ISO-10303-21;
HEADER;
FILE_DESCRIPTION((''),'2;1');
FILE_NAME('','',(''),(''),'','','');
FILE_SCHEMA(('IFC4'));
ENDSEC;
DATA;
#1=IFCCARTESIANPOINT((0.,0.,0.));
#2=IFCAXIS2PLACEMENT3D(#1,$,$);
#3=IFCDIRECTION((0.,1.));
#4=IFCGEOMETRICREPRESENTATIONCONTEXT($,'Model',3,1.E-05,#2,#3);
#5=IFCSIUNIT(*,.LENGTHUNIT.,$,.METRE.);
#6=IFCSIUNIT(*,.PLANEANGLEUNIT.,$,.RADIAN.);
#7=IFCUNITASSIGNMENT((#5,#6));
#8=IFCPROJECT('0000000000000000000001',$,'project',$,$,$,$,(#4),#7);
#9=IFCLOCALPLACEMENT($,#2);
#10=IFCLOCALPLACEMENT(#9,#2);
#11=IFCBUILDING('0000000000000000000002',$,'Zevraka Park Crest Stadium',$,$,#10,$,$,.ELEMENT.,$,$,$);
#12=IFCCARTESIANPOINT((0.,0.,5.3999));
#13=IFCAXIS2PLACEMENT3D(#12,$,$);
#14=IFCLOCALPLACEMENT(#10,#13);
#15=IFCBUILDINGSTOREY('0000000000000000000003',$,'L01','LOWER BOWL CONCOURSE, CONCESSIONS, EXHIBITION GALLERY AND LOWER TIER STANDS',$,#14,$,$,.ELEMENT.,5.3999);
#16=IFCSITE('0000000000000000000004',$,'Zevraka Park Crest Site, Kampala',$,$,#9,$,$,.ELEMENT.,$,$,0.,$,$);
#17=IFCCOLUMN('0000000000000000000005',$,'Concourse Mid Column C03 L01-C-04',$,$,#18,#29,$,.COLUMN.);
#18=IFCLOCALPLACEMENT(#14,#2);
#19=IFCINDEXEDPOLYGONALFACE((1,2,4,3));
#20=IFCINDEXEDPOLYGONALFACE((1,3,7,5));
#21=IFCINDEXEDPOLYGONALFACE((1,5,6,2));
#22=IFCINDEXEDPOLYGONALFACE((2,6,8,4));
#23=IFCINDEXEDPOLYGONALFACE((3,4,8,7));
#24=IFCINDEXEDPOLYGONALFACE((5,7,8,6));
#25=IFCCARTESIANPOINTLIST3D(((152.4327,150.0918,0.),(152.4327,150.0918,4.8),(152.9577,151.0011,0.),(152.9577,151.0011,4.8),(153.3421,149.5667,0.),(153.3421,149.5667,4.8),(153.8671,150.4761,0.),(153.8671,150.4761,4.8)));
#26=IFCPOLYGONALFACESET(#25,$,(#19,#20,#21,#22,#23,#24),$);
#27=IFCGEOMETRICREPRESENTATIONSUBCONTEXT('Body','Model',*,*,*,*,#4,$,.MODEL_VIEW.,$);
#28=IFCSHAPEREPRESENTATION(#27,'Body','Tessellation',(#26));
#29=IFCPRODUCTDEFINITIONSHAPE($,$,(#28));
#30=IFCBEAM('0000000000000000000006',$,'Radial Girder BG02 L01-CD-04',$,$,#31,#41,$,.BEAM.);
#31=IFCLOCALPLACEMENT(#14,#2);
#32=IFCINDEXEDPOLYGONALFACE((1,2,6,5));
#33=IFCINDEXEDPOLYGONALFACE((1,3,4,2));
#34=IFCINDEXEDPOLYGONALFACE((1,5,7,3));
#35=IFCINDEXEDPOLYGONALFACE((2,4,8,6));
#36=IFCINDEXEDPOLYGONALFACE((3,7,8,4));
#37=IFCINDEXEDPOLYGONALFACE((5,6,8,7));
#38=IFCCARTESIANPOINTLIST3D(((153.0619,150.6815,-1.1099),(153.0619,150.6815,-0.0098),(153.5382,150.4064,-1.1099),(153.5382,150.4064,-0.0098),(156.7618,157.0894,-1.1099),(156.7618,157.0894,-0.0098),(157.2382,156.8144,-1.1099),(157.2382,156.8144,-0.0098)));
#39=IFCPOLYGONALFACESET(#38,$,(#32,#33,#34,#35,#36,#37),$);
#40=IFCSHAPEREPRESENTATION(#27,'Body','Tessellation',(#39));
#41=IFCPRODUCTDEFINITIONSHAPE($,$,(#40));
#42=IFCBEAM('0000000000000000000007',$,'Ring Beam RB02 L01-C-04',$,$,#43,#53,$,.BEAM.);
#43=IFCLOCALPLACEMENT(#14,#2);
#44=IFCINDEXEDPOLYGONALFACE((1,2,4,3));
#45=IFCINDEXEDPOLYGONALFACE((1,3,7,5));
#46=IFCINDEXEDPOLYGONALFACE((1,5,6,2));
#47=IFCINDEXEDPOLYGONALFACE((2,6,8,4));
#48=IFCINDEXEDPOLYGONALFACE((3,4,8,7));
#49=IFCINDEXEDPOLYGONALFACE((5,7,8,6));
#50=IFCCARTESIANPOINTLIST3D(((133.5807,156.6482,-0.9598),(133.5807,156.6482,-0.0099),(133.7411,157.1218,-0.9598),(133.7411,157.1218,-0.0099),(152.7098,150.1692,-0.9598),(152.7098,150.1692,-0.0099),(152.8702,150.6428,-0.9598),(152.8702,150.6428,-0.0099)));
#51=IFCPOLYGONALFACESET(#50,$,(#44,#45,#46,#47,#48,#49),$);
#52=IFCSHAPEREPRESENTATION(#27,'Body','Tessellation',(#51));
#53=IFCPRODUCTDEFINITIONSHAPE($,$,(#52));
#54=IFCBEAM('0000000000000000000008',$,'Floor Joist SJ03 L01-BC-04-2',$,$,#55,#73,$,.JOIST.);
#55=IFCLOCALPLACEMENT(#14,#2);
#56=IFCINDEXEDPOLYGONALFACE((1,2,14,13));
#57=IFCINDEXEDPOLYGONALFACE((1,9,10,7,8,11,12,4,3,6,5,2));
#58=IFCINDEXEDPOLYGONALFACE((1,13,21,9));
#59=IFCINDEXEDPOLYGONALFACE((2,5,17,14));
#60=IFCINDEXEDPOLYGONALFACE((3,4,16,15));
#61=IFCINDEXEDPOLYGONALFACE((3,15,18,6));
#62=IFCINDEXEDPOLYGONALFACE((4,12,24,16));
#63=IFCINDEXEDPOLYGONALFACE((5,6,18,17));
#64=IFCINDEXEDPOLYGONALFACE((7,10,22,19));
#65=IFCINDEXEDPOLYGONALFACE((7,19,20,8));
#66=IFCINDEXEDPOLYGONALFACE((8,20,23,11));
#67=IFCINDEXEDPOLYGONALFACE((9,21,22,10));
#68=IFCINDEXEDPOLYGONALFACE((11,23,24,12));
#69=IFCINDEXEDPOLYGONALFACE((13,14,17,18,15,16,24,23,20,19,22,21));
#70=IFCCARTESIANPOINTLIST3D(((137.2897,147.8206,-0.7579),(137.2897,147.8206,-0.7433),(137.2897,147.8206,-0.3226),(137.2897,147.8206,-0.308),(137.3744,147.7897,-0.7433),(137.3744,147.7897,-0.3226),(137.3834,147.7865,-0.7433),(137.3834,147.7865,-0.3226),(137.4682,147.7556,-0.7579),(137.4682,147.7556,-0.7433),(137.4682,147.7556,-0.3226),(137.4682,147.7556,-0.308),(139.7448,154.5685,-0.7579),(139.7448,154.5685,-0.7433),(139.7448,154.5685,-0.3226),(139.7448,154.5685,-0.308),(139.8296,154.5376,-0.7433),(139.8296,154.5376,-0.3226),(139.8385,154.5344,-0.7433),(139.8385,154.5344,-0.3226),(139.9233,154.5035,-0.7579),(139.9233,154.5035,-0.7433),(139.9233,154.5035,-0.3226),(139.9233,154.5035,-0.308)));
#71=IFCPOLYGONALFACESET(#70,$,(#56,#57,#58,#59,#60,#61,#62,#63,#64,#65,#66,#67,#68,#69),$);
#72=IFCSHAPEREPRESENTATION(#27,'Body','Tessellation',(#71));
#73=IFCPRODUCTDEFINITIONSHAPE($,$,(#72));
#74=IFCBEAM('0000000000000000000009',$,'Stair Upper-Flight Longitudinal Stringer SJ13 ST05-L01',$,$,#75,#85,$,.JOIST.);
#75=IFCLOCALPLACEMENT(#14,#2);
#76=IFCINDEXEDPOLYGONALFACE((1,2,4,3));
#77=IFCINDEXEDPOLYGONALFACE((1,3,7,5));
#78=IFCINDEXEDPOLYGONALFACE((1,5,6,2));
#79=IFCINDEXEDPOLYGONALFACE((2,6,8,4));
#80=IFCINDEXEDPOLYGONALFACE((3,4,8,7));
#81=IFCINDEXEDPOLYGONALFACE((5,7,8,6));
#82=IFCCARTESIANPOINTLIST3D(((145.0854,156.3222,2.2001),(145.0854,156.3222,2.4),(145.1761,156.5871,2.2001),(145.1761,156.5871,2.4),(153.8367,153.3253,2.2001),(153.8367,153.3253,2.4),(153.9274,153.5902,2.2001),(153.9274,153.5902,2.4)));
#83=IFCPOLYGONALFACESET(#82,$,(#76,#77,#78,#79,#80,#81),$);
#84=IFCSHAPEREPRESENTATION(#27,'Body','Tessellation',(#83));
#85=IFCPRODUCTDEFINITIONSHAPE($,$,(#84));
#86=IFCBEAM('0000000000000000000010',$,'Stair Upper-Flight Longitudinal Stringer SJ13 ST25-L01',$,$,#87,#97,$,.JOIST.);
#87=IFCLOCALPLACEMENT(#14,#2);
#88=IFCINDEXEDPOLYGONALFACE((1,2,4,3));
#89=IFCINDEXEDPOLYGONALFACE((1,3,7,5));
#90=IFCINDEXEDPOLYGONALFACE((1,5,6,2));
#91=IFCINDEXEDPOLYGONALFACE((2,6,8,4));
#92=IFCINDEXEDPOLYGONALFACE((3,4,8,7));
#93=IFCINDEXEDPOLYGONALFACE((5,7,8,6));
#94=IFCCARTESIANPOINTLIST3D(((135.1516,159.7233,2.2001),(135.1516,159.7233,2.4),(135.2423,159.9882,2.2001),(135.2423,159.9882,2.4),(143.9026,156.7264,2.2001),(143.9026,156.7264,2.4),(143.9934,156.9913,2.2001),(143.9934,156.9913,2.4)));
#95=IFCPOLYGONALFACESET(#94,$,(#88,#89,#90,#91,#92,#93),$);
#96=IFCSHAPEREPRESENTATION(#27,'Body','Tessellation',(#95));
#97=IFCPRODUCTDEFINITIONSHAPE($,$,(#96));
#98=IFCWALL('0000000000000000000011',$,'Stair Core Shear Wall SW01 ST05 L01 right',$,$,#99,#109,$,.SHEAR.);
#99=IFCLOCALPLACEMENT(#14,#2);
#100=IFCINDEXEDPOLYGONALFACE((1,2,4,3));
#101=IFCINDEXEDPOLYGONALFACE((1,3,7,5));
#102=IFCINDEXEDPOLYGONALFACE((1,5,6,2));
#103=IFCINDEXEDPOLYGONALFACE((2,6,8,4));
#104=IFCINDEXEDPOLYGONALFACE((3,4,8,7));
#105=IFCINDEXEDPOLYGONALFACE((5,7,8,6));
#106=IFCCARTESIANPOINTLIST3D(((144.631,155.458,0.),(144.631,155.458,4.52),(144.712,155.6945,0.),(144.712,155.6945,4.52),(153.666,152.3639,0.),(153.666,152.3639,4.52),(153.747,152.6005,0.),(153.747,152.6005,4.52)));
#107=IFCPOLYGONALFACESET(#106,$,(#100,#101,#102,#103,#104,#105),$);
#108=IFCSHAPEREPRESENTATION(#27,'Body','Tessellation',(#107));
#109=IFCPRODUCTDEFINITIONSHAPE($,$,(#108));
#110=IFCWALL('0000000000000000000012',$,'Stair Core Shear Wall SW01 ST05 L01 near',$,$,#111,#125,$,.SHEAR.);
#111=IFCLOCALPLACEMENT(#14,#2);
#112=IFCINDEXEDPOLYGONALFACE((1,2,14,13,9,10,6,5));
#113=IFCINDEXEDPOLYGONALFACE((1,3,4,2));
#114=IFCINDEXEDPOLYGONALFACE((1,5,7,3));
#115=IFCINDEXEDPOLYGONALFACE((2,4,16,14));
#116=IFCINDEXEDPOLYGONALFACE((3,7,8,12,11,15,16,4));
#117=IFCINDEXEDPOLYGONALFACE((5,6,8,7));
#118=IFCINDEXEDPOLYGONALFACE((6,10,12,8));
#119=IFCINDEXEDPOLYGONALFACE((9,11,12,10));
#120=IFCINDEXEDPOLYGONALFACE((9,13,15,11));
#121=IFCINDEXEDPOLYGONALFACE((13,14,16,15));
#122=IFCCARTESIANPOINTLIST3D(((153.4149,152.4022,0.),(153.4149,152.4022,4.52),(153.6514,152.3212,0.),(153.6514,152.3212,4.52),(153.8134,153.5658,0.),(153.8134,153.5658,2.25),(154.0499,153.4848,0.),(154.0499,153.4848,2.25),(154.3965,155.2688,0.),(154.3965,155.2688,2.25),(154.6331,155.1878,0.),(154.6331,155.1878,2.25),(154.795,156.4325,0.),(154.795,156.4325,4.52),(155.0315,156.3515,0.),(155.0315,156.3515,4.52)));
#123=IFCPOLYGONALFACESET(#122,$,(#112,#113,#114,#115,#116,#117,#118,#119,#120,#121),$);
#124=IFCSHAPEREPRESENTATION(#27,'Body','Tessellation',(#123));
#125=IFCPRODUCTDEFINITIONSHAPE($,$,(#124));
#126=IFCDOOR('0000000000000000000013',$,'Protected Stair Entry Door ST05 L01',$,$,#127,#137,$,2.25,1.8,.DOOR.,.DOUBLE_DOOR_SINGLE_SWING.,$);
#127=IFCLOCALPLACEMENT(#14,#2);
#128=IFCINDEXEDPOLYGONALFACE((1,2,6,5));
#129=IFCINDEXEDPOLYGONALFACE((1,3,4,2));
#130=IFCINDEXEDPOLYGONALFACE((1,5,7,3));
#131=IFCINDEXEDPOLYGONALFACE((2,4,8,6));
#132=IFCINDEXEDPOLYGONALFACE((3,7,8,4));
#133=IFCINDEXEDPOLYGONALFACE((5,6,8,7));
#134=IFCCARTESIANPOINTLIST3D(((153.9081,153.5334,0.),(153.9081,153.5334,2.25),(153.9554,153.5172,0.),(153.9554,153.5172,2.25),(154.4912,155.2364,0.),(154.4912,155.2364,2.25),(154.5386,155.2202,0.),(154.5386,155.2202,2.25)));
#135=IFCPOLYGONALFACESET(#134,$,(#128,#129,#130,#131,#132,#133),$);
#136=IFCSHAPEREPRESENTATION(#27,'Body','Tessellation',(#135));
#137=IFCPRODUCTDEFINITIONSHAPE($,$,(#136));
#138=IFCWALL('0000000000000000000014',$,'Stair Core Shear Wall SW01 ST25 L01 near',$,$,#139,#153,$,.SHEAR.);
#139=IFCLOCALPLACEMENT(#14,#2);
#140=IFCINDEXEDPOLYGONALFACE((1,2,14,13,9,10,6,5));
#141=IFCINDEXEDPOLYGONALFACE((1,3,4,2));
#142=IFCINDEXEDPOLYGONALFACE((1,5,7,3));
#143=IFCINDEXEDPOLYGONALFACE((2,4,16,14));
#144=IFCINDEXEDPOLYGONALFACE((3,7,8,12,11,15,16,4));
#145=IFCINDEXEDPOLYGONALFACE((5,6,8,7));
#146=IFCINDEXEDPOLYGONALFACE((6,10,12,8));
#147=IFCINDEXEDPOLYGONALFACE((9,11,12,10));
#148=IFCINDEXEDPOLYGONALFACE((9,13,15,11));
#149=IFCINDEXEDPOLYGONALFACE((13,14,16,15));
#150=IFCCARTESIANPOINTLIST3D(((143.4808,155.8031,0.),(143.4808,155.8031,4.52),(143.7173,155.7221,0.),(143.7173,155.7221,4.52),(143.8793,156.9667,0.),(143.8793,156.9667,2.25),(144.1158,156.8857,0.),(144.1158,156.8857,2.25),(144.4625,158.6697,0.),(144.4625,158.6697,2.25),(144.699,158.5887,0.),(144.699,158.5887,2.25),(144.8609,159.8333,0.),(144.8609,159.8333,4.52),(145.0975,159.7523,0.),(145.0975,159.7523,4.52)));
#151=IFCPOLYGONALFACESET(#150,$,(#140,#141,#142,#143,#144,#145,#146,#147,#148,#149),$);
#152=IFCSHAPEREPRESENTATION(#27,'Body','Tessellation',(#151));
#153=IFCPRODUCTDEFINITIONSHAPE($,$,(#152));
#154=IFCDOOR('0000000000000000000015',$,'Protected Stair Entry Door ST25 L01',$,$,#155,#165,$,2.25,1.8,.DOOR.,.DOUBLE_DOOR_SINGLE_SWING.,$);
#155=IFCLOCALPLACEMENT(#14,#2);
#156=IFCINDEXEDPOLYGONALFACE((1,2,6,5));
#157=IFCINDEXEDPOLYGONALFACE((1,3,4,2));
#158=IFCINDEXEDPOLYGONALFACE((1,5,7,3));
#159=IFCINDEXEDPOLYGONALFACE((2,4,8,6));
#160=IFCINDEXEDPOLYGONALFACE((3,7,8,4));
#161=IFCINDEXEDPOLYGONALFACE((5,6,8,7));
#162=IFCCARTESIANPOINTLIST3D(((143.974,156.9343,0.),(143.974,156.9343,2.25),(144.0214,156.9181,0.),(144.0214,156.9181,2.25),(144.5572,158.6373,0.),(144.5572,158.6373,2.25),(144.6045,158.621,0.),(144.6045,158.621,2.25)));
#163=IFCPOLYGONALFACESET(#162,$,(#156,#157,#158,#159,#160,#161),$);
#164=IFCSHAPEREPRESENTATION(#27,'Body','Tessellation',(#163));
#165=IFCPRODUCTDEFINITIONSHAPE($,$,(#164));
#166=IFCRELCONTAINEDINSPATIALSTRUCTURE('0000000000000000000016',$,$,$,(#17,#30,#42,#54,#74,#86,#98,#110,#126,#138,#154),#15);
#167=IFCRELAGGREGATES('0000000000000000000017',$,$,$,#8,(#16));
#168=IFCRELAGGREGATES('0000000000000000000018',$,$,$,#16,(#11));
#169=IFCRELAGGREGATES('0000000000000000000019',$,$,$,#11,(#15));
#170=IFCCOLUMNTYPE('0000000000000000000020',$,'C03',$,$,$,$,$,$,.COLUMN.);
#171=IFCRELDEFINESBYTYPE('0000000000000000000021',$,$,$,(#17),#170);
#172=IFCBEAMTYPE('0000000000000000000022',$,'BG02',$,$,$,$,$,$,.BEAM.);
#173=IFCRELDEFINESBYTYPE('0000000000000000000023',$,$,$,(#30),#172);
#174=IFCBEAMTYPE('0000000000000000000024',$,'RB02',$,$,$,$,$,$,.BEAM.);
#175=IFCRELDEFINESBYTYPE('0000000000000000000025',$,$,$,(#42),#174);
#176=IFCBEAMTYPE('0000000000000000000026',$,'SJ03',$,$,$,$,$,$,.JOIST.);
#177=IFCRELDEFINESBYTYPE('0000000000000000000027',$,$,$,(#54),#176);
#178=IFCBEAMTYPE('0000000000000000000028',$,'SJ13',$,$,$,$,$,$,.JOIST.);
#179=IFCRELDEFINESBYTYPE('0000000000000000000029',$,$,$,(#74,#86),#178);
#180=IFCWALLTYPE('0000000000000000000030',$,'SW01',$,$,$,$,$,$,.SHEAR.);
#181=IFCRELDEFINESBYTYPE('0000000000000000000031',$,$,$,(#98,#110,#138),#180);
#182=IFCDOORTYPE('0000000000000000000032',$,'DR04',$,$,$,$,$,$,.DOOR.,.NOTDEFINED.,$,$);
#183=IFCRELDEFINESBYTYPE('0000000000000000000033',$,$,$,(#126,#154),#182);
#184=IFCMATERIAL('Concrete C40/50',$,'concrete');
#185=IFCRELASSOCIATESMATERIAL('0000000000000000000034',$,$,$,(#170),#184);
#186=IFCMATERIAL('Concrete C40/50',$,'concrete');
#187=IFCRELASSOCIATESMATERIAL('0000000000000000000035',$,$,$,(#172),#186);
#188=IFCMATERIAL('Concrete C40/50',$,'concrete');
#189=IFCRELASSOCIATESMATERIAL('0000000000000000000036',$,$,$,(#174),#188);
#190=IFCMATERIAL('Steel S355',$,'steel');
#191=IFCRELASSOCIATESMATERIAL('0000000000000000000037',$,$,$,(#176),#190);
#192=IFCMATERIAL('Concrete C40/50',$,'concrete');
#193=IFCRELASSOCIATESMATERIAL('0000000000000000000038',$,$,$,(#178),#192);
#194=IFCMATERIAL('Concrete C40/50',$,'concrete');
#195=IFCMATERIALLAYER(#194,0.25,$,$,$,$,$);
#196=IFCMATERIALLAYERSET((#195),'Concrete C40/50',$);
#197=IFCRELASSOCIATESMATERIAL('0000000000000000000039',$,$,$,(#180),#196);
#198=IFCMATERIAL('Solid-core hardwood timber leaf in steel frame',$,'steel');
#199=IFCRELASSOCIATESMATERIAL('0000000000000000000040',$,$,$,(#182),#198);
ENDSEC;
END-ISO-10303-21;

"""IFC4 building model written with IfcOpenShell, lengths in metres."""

from ifc_helpers import new_model, si_unit, direction, frame, frame_2d, origin, origin_2d, place, context, subcontext, project, spatial, rectangle, i_section, extrude, material, layer, layer_set, material_profile, profile_set, type_object, element, fill, save


model = new_model("IFC4")

# Units and contexts
model_context = context("Model", 3, precision=1e-05, world=origin(), true_north=direction((0.0, 1.0)))
body_context = subcontext(model_context, "Body", "Model", "MODEL_VIEW")
ifc_project = project(units=[si_unit("LENGTHUNIT", "METRE"), si_unit("PLANEANGLEUNIT", "RADIAN")], contexts=[model_context])

# Site, building, storey
site_placement = place(None, origin())
site = spatial("IfcSite", under=ifc_project, at=site_placement, Name="Zevraka Park Crest Site, Kampala", CompositionType="ELEMENT", RefElevation=0.0)
building_placement = place(site_placement, origin())
building = spatial("IfcBuilding", under=site, at=building_placement, Name="Zevraka Park Crest Stadium", CompositionType="ELEMENT")
storey_placement = place(building_placement, frame((0.0, 0.0, 5.3999)))
storey = spatial("IfcBuildingStorey", under=building, at=storey_placement, Name="L01", Description="LOWER BOWL CONCOURSE, CONCESSIONS, EXHIBITION GALLERY AND LOWER TIER STANDS", CompositionType="ELEMENT", Elevation=5.3999)

# Column
ifc_material_1 = material(Name="Concrete C40/50", Category="concrete")
ifc_material_profile_1 = material_profile(ifc_material_1, rectangle(XDim=1.05, YDim=1.05, at=origin_2d()), Name="RC 1050x1050")
ifc_profile_set_1 = profile_set([ifc_material_profile_1], Name="Concrete C40/50")
column_type = type_object("IfcColumnType", Name="C03", PredefinedType="COLUMN", material=ifc_profile_set_1)
column_placement = place(storey_placement, frame((153.1499, 150.2839, 0.0), z_axis=(0.0, 0.0, 1.0), x_axis=(0.5, 0.866025, 0.0)))
element("IfcColumn", 1, at=column_placement, inside=storey, type_object=column_type, Name="Concourse Mid Column C03 L01-C-04", PredefinedType="COLUMN", context=body_context, shape_type="SweptSolid", body=[
    extrude(rectangle(XDim=1.05, YDim=1.05, at=origin_2d()), origin(), (0.0, 0.0, 1.0), 4.8),
])

# Beams
ifc_material_2 = material(Name="Concrete C40/50", Category="concrete")
ifc_material_profile_2 = material_profile(ifc_material_2, rectangle(XDim=0.55, YDim=1.1001, at=origin_2d()), Name="RC 1100x550")
ifc_profile_set_2 = profile_set([ifc_material_profile_2], Name="Concrete C40/50")
beam_type_1 = type_object("IfcBeamType", Name="BG02", PredefinedType="BEAM", material=ifc_profile_set_2)
beam_1_placement = place(storey_placement, frame((153.3, 150.5439, -0.5598), z_axis=(0.500032, 0.866007, 0.0), x_axis=(-0.866007, 0.500032, 0.0)))
element("IfcBeam", 2, at=beam_1_placement, inside=storey, type_object=beam_type_1, Name="Radial Girder BG02 L01-CD-04", PredefinedType="BEAM", context=body_context, shape_type="SweptSolid", body=[
    extrude(rectangle(XDim=0.55, YDim=1.1001, at=origin_2d()), origin(), (0.0, 0.0, 1.0), 7.3994),
])
ifc_material_3 = material(Name="Concrete C40/50", Category="concrete")
ifc_material_profile_3 = material_profile(ifc_material_3, rectangle(XDim=0.5, YDim=0.95, at=origin_2d()), Name="RC 950x500")
ifc_profile_set_3 = profile_set([ifc_material_profile_3], Name="Concrete C40/50")
beam_type_2 = type_object("IfcBeamType", Name="RB02", PredefinedType="BEAM", material=ifc_profile_set_3)
beam_2_placement = place(storey_placement, frame((152.79, 150.406, -0.4849), z_axis=(-0.947148, 0.320797, 0.0), x_axis=(-0.320797, -0.947148, 0.0)))
element("IfcBeam", 3, at=beam_2_placement, inside=storey, type_object=beam_type_2, Name="Ring Beam RB02 L01-C-04", PredefinedType="BEAM", context=body_context, shape_type="SweptSolid", body=[
    extrude(rectangle(XDim=0.5, YDim=0.95, at=origin_2d()), origin(), (0.0, 0.0, 1.0), 20.1965),
])
ifc_material_4 = material(Name="Steel S355", Category="steel")
ifc_material_profile_4 = material_profile(ifc_material_4, i_section(OverallWidth=0.1899, OverallDepth=0.45, WebThickness=0.0095, FlangeThickness=0.0146, at=origin_2d()), Name="IPE 450")
ifc_profile_set_4 = profile_set([ifc_material_profile_4], Name="Steel S355")
beam_type_3 = type_object("IfcBeamType", Name="SJ03", PredefinedType="JOIST", material=ifc_profile_set_4)
beam_3_placement = place(storey_placement, frame((137.3789, 147.7881, -0.533), z_axis=(0.341907, 0.939734, 0.0), x_axis=(-0.939734, 0.341907, 0.0)))
element("IfcBeam", 4, at=beam_3_placement, inside=storey, type_object=beam_type_3, Name="Floor Joist SJ03 L01-BC-04-2", PredefinedType="JOIST", context=body_context, shape_type="SweptSolid", body=[
    extrude(i_section(OverallWidth=0.1899, OverallDepth=0.45, WebThickness=0.0095, FlangeThickness=0.0146, at=origin_2d()), origin(), (0.0, 0.0, 1.0), 7.1807),
])
ifc_material_5 = material(Name="Concrete C40/50", Category="concrete")
ifc_material_profile_5 = material_profile(ifc_material_5, rectangle(XDim=0.28, YDim=0.2, at=origin_2d()), Name="RC 200x280")
ifc_profile_set_5 = profile_set([ifc_material_profile_5], Name="Concrete C40/50")
beam_type_4 = type_object("IfcBeamType", Name="SJ13", PredefinedType="JOIST", material=ifc_profile_set_5)
beam_4_placement = place(storey_placement, frame((153.8821, 153.4578, 2.3), z_axis=(-0.946065, 0.323977, 0.0), x_axis=(-0.323977, -0.946065, 0.0)))
element("IfcBeam", 5, at=beam_4_placement, inside=storey, type_object=beam_type_4, Name="Stair Upper-Flight Longitudinal Stringer SJ13 ST05-L01", PredefinedType="JOIST", context=body_context, shape_type="SweptSolid", body=[
    extrude(rectangle(XDim=0.28, YDim=0.2, at=origin_2d()), origin(), (0.0, 0.0, 1.0), 9.2502),
])
beam_5_placement = place(storey_placement, frame((143.948, 156.8589, 2.3), z_axis=(-0.946062, 0.323985, 0.0), x_axis=(-0.323985, -0.946062, 0.0)))
element("IfcBeam", 6, at=beam_5_placement, inside=storey, type_object=beam_type_4, Name="Stair Upper-Flight Longitudinal Stringer SJ13 ST25-L01", PredefinedType="JOIST", context=body_context, shape_type="SweptSolid", body=[
    extrude(rectangle(XDim=0.28, YDim=0.2, at=origin_2d()), origin(), (0.0, 0.0, 1.0), 9.25),
])

# Wall
ifc_material_6 = material(Name="Concrete C40/50", Category="concrete")
ifc_layer = layer(ifc_material_6, 0.25)
ifc_layer_set = layer_set([ifc_layer], Name="Concrete C40/50")
wall_type = type_object("IfcWallType", Name="SW01", PredefinedType="SHEAR", material=ifc_layer_set)
wall_1_placement = place(storey_placement, frame((144.6716, 155.5762, 0.0), z_axis=(0.0, 0.0, 1.0), x_axis=(0.946064, -0.323979, 0.0)))
element("IfcWall", 7, at=wall_1_placement, inside=storey, type_object=wall_type, Name="Stair Core Shear Wall SW01 ST05 L01 right", PredefinedType="SHEAR", context=body_context, shape_type="SweptSolid", body=[
    extrude(rectangle(XDim=9.55, YDim=0.25, at=frame_2d((4.7749, 0.0))), origin(), (0.0, 0.0, 1.0), 4.52),
])

# Walls, openings, doors
wall_2_placement = place(storey_placement, frame((153.5332, 152.3618, 0.0), z_axis=(0.0, 0.0, 1.0), x_axis=(0.323971, 0.946067, 0.0)))
wall_2 = element("IfcWall", 8, at=wall_2_placement, inside=storey, type_object=wall_type, Name="Stair Core Shear Wall SW01 ST05 L01 near", PredefinedType="SHEAR", context=body_context, shape_type="SweptSolid", body=[
    extrude(rectangle(XDim=4.26, YDim=0.25, at=frame_2d((2.1299, 0.0))), origin(), (0.0, 0.0, 1.0), 4.52),
])
opening_1_placement = place(wall_2_placement, frame((1.23, 0.0, 0.0)))
opening_1 = element("IfcOpeningElement", 9, at=opening_1_placement, cuts=wall_2, PredefinedType="OPENING", context=body_context, shape_type="SweptSolid", body=[
    extrude(rectangle(XDim=1.8, YDim=2.25, at=frame_2d((0.8999, 1.125))), frame((0.0, 0.135, 0.0), z_axis=(0.0, -1.0, 0.0), x_axis=(1.0, 0.0, 0.0)), (0.0, 0.0, 1.0), 0.27),
])
ifc_material_7 = material(Name="Solid-core hardwood timber leaf in steel frame", Category="steel")
door_type = type_object("IfcDoorType", Name="DR04", OperationType="NOTDEFINED", PredefinedType="DOOR", material=ifc_material_7)
door_1_placement = place(opening_1_placement, origin())
door_1 = element("IfcDoor", 10, at=door_1_placement, inside=storey, type_object=door_type, Name="Protected Stair Entry Door ST05 L01", OperationType="DOUBLE_DOOR_SINGLE_SWING", OverallHeight=2.25, OverallWidth=1.8, PredefinedType="DOOR", context=body_context, shape_type="SweptSolid", body=[
    extrude(rectangle(XDim=1.8, YDim=2.25, at=frame_2d((0.8999, 1.125))), frame((0.0, 0.0249, 0.0), z_axis=(0.0, -1.0, 0.0), x_axis=(1.0, 0.0, 0.0)), (0.0, 0.0, 1.0), 0.05),
])
fill(opening_1, door_1)
wall_3_placement = place(storey_placement, frame((143.5991, 155.7627, 0.0), z_axis=(0.0, 0.0, 1.0), x_axis=(0.323971, 0.946067, 0.0)))
wall_3 = element("IfcWall", 11, at=wall_3_placement, inside=storey, type_object=wall_type, Name="Stair Core Shear Wall SW01 ST25 L01 near", PredefinedType="SHEAR", context=body_context, shape_type="SweptSolid", body=[
    extrude(rectangle(XDim=4.26, YDim=0.25, at=frame_2d((2.1299, 0.0))), origin(), (0.0, 0.0, 1.0), 4.52),
])
opening_2_placement = place(wall_3_placement, frame((1.23, 0.0, 0.0)))
opening_2 = element("IfcOpeningElement", 12, at=opening_2_placement, cuts=wall_3, PredefinedType="OPENING", context=body_context, shape_type="SweptSolid", body=[
    extrude(rectangle(XDim=1.8, YDim=2.25, at=frame_2d((0.8999, 1.125))), frame((0.0, 0.135, 0.0), z_axis=(0.0, -1.0, 0.0), x_axis=(1.0, 0.0, 0.0)), (0.0, 0.0, 1.0), 0.27),
])
door_2_placement = place(opening_2_placement, origin())
door_2 = element("IfcDoor", 13, at=door_2_placement, inside=storey, type_object=door_type, Name="Protected Stair Entry Door ST25 L01", OperationType="DOUBLE_DOOR_SINGLE_SWING", OverallHeight=2.25, OverallWidth=1.8, PredefinedType="DOOR", context=body_context, shape_type="SweptSolid", body=[
    extrude(rectangle(XDim=1.8, YDim=2.25, at=frame_2d((0.8999, 1.125))), frame((0.0, 0.0249, 0.0), z_axis=(0.0, -1.0, 0.0), x_axis=(1.0, 0.0, 0.0)), (0.0, 0.0, 1.0), 0.05),
])
fill(opening_2, door_2)

save(model, "model.ifc")
